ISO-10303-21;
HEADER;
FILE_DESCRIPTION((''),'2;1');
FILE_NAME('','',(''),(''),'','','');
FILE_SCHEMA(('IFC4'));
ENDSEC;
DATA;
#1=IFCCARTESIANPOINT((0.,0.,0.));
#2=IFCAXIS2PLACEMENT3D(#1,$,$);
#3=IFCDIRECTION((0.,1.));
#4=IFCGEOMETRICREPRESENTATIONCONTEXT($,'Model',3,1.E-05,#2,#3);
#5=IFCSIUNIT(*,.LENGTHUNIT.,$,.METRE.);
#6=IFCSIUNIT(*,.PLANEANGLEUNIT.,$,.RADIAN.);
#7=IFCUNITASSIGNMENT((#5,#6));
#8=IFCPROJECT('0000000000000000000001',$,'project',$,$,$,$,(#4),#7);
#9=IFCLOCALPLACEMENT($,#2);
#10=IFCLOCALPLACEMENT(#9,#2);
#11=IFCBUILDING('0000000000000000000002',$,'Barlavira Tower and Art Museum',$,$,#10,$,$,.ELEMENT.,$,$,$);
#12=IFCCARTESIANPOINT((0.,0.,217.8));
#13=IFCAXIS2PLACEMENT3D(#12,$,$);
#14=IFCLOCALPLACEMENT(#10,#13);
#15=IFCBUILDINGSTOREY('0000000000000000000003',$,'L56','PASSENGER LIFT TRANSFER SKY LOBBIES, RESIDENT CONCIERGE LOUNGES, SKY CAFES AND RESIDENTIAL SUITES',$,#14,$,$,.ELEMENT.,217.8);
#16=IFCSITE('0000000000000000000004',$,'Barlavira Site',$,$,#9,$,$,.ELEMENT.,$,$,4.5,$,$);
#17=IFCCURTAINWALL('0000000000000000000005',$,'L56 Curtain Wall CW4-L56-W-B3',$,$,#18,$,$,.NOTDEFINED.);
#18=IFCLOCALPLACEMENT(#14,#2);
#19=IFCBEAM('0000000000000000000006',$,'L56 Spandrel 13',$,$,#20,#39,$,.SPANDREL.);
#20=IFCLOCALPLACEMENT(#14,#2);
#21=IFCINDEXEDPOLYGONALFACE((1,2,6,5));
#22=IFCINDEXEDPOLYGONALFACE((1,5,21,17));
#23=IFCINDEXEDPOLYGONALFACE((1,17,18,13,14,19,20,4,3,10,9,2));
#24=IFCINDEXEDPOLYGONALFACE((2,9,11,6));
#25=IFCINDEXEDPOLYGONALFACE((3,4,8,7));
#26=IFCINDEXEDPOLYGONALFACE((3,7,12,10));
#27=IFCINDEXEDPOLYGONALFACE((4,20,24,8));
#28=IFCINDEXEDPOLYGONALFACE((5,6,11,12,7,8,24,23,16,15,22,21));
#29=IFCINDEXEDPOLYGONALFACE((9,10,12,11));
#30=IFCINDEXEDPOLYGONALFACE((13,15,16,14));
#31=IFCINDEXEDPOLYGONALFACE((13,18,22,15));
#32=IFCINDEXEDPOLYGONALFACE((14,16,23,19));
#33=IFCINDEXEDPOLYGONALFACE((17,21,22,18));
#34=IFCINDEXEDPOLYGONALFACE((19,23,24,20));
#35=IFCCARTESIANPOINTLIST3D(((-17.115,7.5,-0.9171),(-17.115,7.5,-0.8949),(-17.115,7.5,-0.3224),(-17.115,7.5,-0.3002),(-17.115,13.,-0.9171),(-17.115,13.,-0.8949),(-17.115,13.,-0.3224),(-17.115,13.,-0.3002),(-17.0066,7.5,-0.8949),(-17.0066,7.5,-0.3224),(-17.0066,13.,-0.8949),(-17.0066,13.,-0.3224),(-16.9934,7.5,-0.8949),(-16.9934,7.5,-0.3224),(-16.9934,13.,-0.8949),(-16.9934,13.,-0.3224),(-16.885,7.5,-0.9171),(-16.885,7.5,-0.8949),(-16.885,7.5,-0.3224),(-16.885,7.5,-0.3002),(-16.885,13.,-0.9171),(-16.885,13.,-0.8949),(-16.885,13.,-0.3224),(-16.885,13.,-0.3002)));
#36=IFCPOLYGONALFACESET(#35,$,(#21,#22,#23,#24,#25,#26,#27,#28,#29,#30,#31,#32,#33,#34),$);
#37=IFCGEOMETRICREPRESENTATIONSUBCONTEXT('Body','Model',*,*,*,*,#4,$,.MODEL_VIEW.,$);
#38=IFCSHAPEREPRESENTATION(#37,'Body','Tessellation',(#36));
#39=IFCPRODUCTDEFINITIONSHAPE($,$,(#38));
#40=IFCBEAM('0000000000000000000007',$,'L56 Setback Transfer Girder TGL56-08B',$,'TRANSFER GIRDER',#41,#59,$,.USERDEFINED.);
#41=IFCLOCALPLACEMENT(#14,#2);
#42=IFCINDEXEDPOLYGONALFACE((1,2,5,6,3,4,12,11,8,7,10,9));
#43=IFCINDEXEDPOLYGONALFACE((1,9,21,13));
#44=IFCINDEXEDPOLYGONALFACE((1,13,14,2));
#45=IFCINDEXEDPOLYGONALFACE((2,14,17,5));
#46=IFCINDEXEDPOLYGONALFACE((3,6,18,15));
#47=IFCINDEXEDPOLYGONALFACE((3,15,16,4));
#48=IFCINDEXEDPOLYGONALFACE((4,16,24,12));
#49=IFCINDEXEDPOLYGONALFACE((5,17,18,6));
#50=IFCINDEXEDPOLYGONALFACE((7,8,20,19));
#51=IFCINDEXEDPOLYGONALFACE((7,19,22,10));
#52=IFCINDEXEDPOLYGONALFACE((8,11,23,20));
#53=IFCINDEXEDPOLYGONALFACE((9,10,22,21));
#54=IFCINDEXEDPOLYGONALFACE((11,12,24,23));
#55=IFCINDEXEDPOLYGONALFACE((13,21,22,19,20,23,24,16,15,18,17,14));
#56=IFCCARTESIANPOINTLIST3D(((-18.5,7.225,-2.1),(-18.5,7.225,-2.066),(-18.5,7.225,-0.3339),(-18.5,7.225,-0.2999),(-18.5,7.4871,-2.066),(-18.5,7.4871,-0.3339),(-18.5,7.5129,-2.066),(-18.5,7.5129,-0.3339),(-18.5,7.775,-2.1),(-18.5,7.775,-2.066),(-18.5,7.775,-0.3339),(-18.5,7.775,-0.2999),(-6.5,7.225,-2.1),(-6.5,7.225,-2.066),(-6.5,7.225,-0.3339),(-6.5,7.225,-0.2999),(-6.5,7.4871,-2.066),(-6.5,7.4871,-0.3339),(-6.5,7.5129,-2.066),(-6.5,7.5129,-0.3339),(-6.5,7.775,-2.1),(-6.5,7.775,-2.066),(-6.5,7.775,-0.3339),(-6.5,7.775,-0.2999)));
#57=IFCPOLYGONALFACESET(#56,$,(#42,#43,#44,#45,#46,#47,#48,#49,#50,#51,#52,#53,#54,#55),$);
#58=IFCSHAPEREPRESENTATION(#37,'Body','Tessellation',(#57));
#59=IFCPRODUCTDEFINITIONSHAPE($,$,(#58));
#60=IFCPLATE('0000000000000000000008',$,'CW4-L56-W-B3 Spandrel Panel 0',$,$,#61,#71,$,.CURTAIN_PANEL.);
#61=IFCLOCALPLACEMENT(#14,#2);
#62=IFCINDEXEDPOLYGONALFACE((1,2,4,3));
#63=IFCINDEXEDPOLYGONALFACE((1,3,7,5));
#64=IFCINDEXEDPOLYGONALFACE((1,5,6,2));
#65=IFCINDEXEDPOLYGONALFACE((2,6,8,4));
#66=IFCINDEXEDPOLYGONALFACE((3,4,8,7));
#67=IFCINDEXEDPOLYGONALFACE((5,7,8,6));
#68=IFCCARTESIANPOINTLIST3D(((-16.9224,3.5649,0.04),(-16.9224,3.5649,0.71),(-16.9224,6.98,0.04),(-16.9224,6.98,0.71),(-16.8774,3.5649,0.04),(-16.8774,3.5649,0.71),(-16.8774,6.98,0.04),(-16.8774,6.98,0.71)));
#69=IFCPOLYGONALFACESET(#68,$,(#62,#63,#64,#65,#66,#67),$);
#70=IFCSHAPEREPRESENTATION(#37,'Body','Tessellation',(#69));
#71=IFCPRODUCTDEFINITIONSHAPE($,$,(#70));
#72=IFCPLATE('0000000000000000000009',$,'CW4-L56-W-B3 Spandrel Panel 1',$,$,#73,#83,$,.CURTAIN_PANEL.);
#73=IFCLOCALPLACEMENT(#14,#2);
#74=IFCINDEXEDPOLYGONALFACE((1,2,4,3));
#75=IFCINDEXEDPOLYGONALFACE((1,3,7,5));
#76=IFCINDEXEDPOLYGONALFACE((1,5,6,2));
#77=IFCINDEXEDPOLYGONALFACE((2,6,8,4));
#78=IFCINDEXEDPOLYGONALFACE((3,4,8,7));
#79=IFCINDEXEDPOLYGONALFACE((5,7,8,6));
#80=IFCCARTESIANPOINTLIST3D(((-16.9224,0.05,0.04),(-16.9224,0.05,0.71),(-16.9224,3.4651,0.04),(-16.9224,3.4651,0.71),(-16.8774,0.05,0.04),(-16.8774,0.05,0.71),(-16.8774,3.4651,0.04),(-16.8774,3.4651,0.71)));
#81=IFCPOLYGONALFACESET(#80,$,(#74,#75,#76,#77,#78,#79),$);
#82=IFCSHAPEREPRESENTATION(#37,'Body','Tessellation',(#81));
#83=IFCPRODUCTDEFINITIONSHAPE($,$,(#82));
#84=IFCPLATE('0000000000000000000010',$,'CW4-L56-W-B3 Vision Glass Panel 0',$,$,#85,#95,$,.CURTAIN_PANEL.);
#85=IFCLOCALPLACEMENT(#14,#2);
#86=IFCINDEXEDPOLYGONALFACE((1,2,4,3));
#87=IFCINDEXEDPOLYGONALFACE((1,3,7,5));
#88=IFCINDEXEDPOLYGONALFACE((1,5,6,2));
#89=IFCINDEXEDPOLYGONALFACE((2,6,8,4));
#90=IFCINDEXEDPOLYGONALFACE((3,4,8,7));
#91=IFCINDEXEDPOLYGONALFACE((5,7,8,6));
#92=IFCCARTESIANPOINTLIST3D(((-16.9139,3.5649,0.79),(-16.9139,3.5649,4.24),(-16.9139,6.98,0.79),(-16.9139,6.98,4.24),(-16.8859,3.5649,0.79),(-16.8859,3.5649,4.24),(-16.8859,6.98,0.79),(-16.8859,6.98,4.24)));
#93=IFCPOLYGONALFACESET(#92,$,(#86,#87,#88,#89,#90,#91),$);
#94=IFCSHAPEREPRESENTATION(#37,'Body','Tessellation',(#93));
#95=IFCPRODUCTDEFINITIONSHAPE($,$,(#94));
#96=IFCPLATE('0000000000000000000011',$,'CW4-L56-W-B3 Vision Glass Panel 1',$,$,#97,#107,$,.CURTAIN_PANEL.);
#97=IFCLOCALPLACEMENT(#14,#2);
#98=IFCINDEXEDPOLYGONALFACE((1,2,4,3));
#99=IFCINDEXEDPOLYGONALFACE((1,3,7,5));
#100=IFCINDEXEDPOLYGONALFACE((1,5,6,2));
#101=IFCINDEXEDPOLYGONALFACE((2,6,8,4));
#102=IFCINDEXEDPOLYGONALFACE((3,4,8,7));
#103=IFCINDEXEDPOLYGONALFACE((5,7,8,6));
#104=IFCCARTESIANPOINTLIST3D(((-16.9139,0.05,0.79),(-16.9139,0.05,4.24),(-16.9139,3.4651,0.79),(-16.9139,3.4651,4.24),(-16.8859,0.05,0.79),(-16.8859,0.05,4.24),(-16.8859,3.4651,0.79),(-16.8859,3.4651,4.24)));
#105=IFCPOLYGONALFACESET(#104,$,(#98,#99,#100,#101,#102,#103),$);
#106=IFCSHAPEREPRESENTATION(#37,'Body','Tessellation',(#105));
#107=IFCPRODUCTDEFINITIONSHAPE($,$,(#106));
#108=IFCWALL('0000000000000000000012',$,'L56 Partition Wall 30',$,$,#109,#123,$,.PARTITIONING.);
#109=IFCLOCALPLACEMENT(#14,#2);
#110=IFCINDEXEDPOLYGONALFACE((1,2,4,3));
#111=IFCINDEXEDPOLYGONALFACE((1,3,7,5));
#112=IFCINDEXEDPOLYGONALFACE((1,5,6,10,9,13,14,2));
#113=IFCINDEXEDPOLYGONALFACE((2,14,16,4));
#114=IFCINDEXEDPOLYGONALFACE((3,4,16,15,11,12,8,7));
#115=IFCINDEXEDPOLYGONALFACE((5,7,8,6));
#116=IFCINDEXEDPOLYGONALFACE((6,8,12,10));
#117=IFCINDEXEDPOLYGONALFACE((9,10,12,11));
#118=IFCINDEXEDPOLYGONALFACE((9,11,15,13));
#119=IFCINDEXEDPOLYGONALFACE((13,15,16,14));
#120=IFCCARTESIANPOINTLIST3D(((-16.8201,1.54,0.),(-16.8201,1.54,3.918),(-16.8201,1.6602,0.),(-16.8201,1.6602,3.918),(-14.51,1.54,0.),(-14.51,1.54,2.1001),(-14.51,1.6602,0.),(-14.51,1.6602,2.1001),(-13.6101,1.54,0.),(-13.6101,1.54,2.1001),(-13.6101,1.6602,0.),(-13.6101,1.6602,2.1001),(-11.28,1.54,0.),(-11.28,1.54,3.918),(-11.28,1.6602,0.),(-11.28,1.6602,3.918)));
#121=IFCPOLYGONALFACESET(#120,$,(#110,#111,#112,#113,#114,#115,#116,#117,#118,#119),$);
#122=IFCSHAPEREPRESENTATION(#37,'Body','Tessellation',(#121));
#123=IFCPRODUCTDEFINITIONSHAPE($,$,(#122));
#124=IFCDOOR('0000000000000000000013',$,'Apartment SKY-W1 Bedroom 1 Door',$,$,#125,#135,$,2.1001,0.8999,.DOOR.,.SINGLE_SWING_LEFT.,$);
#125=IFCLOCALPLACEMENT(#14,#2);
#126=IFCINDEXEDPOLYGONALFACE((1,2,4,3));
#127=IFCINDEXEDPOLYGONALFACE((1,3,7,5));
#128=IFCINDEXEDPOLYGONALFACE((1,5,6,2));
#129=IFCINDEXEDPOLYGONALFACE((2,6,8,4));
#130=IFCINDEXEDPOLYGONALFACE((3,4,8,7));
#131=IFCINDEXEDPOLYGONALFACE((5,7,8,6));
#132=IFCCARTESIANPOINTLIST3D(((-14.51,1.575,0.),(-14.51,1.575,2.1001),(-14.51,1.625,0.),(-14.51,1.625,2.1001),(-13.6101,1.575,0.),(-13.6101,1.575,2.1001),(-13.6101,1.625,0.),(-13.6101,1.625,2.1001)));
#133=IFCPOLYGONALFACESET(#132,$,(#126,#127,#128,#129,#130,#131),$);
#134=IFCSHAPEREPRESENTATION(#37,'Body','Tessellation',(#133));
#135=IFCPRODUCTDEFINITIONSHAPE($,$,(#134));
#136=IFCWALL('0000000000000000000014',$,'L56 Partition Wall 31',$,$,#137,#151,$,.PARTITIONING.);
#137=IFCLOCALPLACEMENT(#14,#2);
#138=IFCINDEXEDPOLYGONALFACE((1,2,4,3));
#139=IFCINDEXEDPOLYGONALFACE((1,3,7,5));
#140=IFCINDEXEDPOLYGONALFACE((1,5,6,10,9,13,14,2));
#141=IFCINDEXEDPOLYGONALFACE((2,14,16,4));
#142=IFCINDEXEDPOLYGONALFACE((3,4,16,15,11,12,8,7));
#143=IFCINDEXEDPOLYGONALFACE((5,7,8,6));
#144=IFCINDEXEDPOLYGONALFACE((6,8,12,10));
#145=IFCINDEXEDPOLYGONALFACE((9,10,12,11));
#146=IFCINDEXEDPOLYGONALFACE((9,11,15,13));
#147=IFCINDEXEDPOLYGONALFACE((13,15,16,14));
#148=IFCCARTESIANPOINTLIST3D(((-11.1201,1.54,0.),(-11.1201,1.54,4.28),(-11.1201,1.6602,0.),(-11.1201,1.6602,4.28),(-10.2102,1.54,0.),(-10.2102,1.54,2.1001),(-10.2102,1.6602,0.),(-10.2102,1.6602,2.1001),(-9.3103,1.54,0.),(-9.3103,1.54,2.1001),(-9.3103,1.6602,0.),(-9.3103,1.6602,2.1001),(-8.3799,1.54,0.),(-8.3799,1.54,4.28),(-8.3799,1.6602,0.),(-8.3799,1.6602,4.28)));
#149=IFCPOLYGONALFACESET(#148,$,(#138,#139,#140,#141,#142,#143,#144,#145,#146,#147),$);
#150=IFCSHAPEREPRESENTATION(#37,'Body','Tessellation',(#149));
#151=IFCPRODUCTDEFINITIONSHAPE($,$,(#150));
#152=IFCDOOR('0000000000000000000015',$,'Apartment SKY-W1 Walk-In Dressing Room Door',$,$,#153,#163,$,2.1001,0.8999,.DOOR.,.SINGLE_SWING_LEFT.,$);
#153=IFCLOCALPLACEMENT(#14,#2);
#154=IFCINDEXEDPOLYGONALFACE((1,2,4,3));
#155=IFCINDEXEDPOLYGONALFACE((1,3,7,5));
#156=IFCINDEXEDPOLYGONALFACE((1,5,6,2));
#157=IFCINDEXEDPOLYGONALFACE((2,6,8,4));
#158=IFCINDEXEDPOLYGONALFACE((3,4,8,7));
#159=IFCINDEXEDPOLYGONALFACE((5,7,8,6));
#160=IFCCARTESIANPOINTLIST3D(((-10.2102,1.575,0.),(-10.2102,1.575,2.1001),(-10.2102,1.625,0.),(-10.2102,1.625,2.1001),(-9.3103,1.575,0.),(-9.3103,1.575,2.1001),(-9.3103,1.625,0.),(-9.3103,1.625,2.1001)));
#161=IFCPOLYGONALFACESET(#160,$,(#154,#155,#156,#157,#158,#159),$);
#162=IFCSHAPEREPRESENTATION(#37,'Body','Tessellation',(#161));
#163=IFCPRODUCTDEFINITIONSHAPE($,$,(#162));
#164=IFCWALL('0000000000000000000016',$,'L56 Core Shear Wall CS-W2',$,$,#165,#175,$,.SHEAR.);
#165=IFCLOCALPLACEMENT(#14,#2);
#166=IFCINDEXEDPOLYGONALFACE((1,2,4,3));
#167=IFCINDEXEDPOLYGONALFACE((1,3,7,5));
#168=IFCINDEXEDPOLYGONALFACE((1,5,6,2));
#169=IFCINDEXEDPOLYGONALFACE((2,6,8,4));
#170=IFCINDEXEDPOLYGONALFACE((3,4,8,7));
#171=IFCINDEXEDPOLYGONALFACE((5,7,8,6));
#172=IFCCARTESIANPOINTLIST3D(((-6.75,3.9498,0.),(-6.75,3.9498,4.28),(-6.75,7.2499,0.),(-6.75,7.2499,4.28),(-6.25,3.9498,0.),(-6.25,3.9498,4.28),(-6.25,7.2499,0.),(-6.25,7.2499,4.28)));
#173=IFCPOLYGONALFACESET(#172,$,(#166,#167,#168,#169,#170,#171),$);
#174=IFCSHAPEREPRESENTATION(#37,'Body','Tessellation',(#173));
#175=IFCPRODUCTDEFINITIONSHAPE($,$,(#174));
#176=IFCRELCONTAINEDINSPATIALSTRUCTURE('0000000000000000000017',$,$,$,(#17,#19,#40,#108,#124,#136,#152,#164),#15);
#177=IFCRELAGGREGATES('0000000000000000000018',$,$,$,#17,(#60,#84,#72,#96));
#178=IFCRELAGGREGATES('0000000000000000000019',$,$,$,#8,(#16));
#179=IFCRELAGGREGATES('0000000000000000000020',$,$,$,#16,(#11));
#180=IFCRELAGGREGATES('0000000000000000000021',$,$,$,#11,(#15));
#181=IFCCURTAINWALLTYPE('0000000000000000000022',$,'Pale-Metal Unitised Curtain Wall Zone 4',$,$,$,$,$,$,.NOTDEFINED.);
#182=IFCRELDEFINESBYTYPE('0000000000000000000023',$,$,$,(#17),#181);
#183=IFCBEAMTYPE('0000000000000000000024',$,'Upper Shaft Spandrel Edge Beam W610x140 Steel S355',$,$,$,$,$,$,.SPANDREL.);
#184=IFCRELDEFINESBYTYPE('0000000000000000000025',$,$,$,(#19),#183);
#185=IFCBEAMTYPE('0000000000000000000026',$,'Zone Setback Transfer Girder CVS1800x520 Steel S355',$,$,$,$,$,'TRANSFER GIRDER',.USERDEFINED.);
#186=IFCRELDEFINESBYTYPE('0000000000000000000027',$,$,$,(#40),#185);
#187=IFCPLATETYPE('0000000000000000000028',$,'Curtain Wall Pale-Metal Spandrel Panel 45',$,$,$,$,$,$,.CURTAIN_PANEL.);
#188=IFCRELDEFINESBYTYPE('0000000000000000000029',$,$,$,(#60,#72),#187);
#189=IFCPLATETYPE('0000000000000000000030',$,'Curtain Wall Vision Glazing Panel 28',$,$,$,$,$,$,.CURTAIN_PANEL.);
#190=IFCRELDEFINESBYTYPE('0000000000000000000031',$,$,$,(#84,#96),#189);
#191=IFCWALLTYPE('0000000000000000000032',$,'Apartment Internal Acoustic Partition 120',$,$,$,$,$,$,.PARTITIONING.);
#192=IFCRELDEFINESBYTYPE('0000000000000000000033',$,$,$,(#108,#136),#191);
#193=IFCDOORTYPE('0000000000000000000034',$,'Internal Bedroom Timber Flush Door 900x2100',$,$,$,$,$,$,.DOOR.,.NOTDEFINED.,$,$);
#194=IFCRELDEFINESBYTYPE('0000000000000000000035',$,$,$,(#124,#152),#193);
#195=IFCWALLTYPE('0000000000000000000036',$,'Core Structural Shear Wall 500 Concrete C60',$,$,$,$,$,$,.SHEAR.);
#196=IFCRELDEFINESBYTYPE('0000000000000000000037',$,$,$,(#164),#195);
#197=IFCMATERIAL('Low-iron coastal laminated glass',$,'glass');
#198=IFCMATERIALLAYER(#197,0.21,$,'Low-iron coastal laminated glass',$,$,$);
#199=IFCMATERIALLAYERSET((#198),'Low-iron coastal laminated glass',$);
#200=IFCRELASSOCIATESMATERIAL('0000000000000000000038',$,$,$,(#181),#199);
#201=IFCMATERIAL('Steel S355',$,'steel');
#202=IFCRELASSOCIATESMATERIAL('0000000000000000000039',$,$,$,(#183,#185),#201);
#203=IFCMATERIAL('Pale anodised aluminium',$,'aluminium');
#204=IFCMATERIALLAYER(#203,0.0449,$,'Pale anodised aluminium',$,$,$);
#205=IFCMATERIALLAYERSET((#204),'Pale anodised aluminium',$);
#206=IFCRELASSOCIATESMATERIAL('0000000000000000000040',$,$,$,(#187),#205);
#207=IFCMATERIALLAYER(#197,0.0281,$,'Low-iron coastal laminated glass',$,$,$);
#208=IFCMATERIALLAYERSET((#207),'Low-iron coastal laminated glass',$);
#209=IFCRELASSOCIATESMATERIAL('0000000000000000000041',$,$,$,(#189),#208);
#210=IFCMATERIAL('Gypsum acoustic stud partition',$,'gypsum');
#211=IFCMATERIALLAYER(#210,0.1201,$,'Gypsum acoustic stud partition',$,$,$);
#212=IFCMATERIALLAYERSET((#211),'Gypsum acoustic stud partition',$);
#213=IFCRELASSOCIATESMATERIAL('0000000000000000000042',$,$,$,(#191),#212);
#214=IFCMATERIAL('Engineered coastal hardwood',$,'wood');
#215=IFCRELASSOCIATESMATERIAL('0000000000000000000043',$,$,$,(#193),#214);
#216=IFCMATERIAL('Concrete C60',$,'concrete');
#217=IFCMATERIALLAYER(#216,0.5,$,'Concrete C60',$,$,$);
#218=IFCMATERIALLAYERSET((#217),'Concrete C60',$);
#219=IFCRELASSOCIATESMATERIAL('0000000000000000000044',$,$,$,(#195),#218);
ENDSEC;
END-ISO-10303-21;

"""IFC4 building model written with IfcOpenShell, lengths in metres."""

from ifc_helpers import new_model, si_unit, direction, frame, frame_2d, origin, origin_2d, place, context, subcontext, project, spatial, rectangle, i_section, extrude, material, layer, layer_set, material_profile, profile_set, type_object, element, fill, aggregate, save


model = new_model("IFC4")

# Units and contexts
model_context = context("Model", 3, precision=1e-05, world=origin(), true_north=direction((0.0, 1.0)))
body_context = subcontext(model_context, "Body", "Model", "MODEL_VIEW")
ifc_project = project(units=[si_unit("LENGTHUNIT", "METRE"), si_unit("PLANEANGLEUNIT", "RADIAN")], contexts=[model_context])

# Site, building, storey
site_placement = place(None, origin())
site = spatial("IfcSite", under=ifc_project, at=site_placement, Name="Barlavira Site", CompositionType="ELEMENT", RefElevation=4.5)
building_placement = place(site_placement, origin())
building = spatial("IfcBuilding", under=site, at=building_placement, Name="Barlavira Tower and Art Museum", CompositionType="ELEMENT")
storey_placement = place(building_placement, frame((0.0, 0.0, 217.8)))
storey = spatial("IfcBuildingStorey", under=building, at=storey_placement, Name="L56", Description="PASSENGER LIFT TRANSFER SKY LOBBIES, RESIDENT CONCIERGE LOUNGES, SKY CAFES AND RESIDENTIAL SUITES", CompositionType="ELEMENT", Elevation=217.8)

# Curtain wall
ifc_material_1 = material(Name="Low-iron coastal laminated glass", Category="glass")
ifc_layer_1 = layer(ifc_material_1, 0.21, Name="Low-iron coastal laminated glass")
ifc_layer_set_1 = layer_set([ifc_layer_1], Name="Low-iron coastal laminated glass")
curtain_wall_type = type_object("IfcCurtainWallType", Name="Pale-Metal Unitised Curtain Wall Zone 4", PredefinedType="NOTDEFINED", material=ifc_layer_set_1)
curtain_wall_placement = place(storey_placement, origin())
curtain_wall = element("IfcCurtainWall", 1, at=curtain_wall_placement, inside=storey, type_object=curtain_wall_type, Name="L56 Curtain Wall CW4-L56-W-B3", PredefinedType="NOTDEFINED")
ifc_material_2 = material(Name="Pale anodised aluminium", Category="aluminium")

# Beams
ifc_material_3 = material(Name="Steel S355", Category="steel")
ifc_material_profile_1 = material_profile(ifc_material_3, i_section(OverallWidth=0.23, OverallDepth=0.6169, WebThickness=0.0132, FlangeThickness=0.0222, at=origin_2d()), Name="W610x140.0")
ifc_profile_set_1 = profile_set([ifc_material_profile_1], Name="Steel S355")
beam_type_1 = type_object("IfcBeamType", Name="Upper Shaft Spandrel Edge Beam W610x140 Steel S355", PredefinedType="SPANDREL", material=ifc_profile_set_1)
beam_1_placement = place(storey_placement, frame((-17.0, 7.5, -0.6086), z_axis=(0.0, 1.0, 0.0), x_axis=(-1.0, 0.0, 0.0)))
element("IfcBeam", 2, at=beam_1_placement, inside=storey, type_object=beam_type_1, Name="L56 Spandrel 13", PredefinedType="SPANDREL", context=body_context, shape_type="SweptSolid", body=[
    extrude(i_section(OverallWidth=0.23, OverallDepth=0.6169, WebThickness=0.0132, FlangeThickness=0.0222, at=origin_2d()), origin(), (0.0, 0.0, 1.0), 5.5),
])
ifc_material_profile_2 = material_profile(ifc_material_3, i_section(OverallWidth=0.55, OverallDepth=1.8, WebThickness=0.0259, FlangeThickness=0.0339, at=origin_2d()), Name="CVS1800x520")
ifc_profile_set_2 = profile_set([ifc_material_profile_2], Name="Steel S355")
beam_type_2 = type_object("IfcBeamType", Name="Zone Setback Transfer Girder CVS1800x520 Steel S355", ElementType="TRANSFER GIRDER", PredefinedType="USERDEFINED", material=ifc_profile_set_2)
beam_2_placement = place(storey_placement, frame((-18.5, 7.5, -1.2), z_axis=(1.0, 0.0, 0.0), x_axis=(0.0, 1.0, 0.0)))
element("IfcBeam", 3, at=beam_2_placement, inside=storey, type_object=beam_type_2, Name="L56 Setback Transfer Girder TGL56-08B", ObjectType="TRANSFER GIRDER", PredefinedType="USERDEFINED", context=body_context, shape_type="SweptSolid", body=[
    extrude(i_section(OverallWidth=0.55, OverallDepth=1.8, WebThickness=0.0259, FlangeThickness=0.0339, at=origin_2d()), origin(), (0.0, 0.0, 1.0), 12.0),
])

# Plates
ifc_layer_2 = layer(ifc_material_2, 0.0449, Name="Pale anodised aluminium")
ifc_layer_set_2 = layer_set([ifc_layer_2], Name="Pale anodised aluminium")
plate_type_1 = type_object("IfcPlateType", Name="Curtain Wall Pale-Metal Spandrel Panel 45", PredefinedType="CURTAIN_PANEL", material=ifc_layer_set_2)
plate_1_placement = place(storey_placement, frame((-16.8999, 5.2725, 0.04), z_axis=(0.0, 0.0, 1.0), x_axis=(0.0, -1.0, 0.0)))
plate_1 = element("IfcPlate", 4, at=plate_1_placement, type_object=plate_type_1, Name="CW4-L56-W-B3 Spandrel Panel 0", PredefinedType="CURTAIN_PANEL", context=body_context, shape_type="SweptSolid", body=[
    extrude(rectangle(XDim=3.415, YDim=0.0449, at=origin_2d()), origin(), (0.0, 0.0, 1.0), 0.6699),
])
plate_2_placement = place(storey_placement, frame((-16.8999, 1.7576, 0.04), z_axis=(0.0, 0.0, 1.0), x_axis=(0.0, -1.0, 0.0)))
plate_2 = element("IfcPlate", 5, at=plate_2_placement, type_object=plate_type_1, Name="CW4-L56-W-B3 Spandrel Panel 1", PredefinedType="CURTAIN_PANEL", context=body_context, shape_type="SweptSolid", body=[
    extrude(rectangle(XDim=3.415, YDim=0.0449, at=origin_2d()), origin(), (0.0, 0.0, 1.0), 0.6699),
])
ifc_layer_3 = layer(ifc_material_1, 0.0281, Name="Low-iron coastal laminated glass")
ifc_layer_set_3 = layer_set([ifc_layer_3], Name="Low-iron coastal laminated glass")
plate_type_2 = type_object("IfcPlateType", Name="Curtain Wall Vision Glazing Panel 28", PredefinedType="CURTAIN_PANEL", material=ifc_layer_set_3)
plate_3_placement = place(storey_placement, frame((-16.8999, 5.2725, 0.79), z_axis=(0.0, 0.0, 1.0), x_axis=(0.0, -1.0, 0.0)))
plate_3 = element("IfcPlate", 6, at=plate_3_placement, type_object=plate_type_2, Name="CW4-L56-W-B3 Vision Glass Panel 0", PredefinedType="CURTAIN_PANEL", context=body_context, shape_type="SweptSolid", body=[
    extrude(rectangle(XDim=3.415, YDim=0.0281, at=origin_2d()), origin(), (0.0, 0.0, 1.0), 3.45),
])
plate_4_placement = place(storey_placement, frame((-16.8999, 1.7576, 0.79), z_axis=(0.0, 0.0, 1.0), x_axis=(0.0, -1.0, 0.0)))
plate_4 = element("IfcPlate", 7, at=plate_4_placement, type_object=plate_type_2, Name="CW4-L56-W-B3 Vision Glass Panel 1", PredefinedType="CURTAIN_PANEL", context=body_context, shape_type="SweptSolid", body=[
    extrude(rectangle(XDim=3.415, YDim=0.0281, at=origin_2d()), origin(), (0.0, 0.0, 1.0), 3.45),
])
aggregate(curtain_wall, [plate_1, plate_3, plate_2, plate_4])

# Walls, openings, doors
ifc_material_4 = material(Name="Gypsum acoustic stud partition", Category="gypsum")
ifc_layer_4 = layer(ifc_material_4, 0.1201, Name="Gypsum acoustic stud partition")
ifc_layer_set_4 = layer_set([ifc_layer_4], Name="Gypsum acoustic stud partition")
wall_type_1 = type_object("IfcWallType", Name="Apartment Internal Acoustic Partition 120", PredefinedType="PARTITIONING", material=ifc_layer_set_4)
wall_1_placement = place(storey_placement, frame((-16.8201, 1.6001, 0.0), z_axis=(0.0, 0.0, 1.0), x_axis=(1.0, 0.0, 0.0)))
wall_1 = element("IfcWall", 8, at=wall_1_placement, inside=storey, type_object=wall_type_1, Name="L56 Partition Wall 30", PredefinedType="PARTITIONING", context=body_context, shape_type="SweptSolid", body=[
    extrude(rectangle(XDim=5.54, YDim=0.1201, at=frame_2d((2.77, 0.0))), origin(), (0.0, 0.0, 1.0), 3.918),
])
opening_1_placement = place(wall_1_placement, frame((2.3101, 0.0, 0.0)))
opening_1 = element("IfcOpeningElement", 9, at=opening_1_placement, cuts=wall_1, PredefinedType="OPENING", context=body_context, shape_type="SweptSolid", body=[
    extrude(rectangle(XDim=0.8999, YDim=2.1001, at=frame_2d((0.45, 1.05))), frame((0.0, 0.0701, 0.0), z_axis=(0.0, -1.0, 0.0), x_axis=(1.0, 0.0, 0.0)), (0.0, 0.0, 1.0), 0.1401),
])
ifc_material_5 = material(Name="Engineered coastal hardwood", Category="wood")
door_type_1 = type_object("IfcDoorType", Name="Internal Bedroom Timber Flush Door 900x2100", OperationType="NOTDEFINED", PredefinedType="DOOR", material=ifc_material_5)
door_1_placement = place(opening_1_placement, origin())
door_1 = element("IfcDoor", 10, at=door_1_placement, inside=storey, type_object=door_type_1, Name="Apartment SKY-W1 Bedroom 1 Door", OperationType="SINGLE_SWING_LEFT", OverallHeight=2.1001, OverallWidth=0.8999, PredefinedType="DOOR", context=body_context, shape_type="SweptSolid", body=[
    extrude(rectangle(XDim=0.8999, YDim=2.1001, at=frame_2d((0.45, 1.05))), frame((0.0, 0.0249, 0.0), z_axis=(0.0, -1.0, 0.0), x_axis=(1.0, 0.0, 0.0)), (0.0, 0.0, 1.0), 0.05),
])
fill(opening_1, door_1)
wall_2_placement = place(storey_placement, frame((-11.1201, 1.6001, 0.0), z_axis=(0.0, 0.0, 1.0), x_axis=(1.0, 0.0, 0.0)))
wall_2 = element("IfcWall", 11, at=wall_2_placement, inside=storey, type_object=wall_type_1, Name="L56 Partition Wall 31", PredefinedType="PARTITIONING", context=body_context, shape_type="SweptSolid", body=[
    extrude(rectangle(XDim=2.7402, YDim=0.1201, at=frame_2d((1.3701, 0.0))), origin(), (0.0, 0.0, 1.0), 4.28),
])
opening_2_placement = place(wall_2_placement, frame((0.9099, 0.0, 0.0)))
opening_2 = element("IfcOpeningElement", 12, at=opening_2_placement, cuts=wall_2, PredefinedType="OPENING", context=body_context, shape_type="SweptSolid", body=[
    extrude(rectangle(XDim=0.8999, YDim=2.1001, at=frame_2d((0.45, 1.05))), frame((0.0, 0.0701, 0.0), z_axis=(0.0, -1.0, 0.0), x_axis=(1.0, 0.0, 0.0)), (0.0, 0.0, 1.0), 0.1401),
])
door_2_placement = place(opening_2_placement, origin())
door_2 = element("IfcDoor", 13, at=door_2_placement, inside=storey, type_object=door_type_1, Name="Apartment SKY-W1 Walk-In Dressing Room Door", OperationType="SINGLE_SWING_LEFT", OverallHeight=2.1001, OverallWidth=0.8999, PredefinedType="DOOR", context=body_context, shape_type="SweptSolid", body=[
    extrude(rectangle(XDim=0.8999, YDim=2.1001, at=frame_2d((0.45, 1.05))), frame((0.0, 0.0249, 0.0), z_axis=(0.0, -1.0, 0.0), x_axis=(1.0, 0.0, 0.0)), (0.0, 0.0, 1.0), 0.05),
])
fill(opening_2, door_2)
ifc_material_6 = material(Name="Concrete C60", Category="concrete")
ifc_layer_5 = layer(ifc_material_6, 0.5, Name="Concrete C60")
ifc_layer_set_5 = layer_set([ifc_layer_5], Name="Concrete C60")
wall_type_2 = type_object("IfcWallType", Name="Core Structural Shear Wall 500 Concrete C60", PredefinedType="SHEAR", material=ifc_layer_set_5)

# Wall
wall_3_placement = place(storey_placement, frame((-6.5, 3.95, 0.0), z_axis=(0.0, 0.0, 1.0), x_axis=(0.0, 1.0, 0.0)))
element("IfcWall", 14, at=wall_3_placement, inside=storey, type_object=wall_type_2, Name="L56 Core Shear Wall CS-W2", PredefinedType="SHEAR", context=body_context, shape_type="SweptSolid", body=[
    extrude(rectangle(XDim=3.3, YDim=0.5, at=frame_2d((1.6499, 0.0))), origin(), (0.0, 0.0, 1.0), 4.28),
])

save(model, "model.ifc")
